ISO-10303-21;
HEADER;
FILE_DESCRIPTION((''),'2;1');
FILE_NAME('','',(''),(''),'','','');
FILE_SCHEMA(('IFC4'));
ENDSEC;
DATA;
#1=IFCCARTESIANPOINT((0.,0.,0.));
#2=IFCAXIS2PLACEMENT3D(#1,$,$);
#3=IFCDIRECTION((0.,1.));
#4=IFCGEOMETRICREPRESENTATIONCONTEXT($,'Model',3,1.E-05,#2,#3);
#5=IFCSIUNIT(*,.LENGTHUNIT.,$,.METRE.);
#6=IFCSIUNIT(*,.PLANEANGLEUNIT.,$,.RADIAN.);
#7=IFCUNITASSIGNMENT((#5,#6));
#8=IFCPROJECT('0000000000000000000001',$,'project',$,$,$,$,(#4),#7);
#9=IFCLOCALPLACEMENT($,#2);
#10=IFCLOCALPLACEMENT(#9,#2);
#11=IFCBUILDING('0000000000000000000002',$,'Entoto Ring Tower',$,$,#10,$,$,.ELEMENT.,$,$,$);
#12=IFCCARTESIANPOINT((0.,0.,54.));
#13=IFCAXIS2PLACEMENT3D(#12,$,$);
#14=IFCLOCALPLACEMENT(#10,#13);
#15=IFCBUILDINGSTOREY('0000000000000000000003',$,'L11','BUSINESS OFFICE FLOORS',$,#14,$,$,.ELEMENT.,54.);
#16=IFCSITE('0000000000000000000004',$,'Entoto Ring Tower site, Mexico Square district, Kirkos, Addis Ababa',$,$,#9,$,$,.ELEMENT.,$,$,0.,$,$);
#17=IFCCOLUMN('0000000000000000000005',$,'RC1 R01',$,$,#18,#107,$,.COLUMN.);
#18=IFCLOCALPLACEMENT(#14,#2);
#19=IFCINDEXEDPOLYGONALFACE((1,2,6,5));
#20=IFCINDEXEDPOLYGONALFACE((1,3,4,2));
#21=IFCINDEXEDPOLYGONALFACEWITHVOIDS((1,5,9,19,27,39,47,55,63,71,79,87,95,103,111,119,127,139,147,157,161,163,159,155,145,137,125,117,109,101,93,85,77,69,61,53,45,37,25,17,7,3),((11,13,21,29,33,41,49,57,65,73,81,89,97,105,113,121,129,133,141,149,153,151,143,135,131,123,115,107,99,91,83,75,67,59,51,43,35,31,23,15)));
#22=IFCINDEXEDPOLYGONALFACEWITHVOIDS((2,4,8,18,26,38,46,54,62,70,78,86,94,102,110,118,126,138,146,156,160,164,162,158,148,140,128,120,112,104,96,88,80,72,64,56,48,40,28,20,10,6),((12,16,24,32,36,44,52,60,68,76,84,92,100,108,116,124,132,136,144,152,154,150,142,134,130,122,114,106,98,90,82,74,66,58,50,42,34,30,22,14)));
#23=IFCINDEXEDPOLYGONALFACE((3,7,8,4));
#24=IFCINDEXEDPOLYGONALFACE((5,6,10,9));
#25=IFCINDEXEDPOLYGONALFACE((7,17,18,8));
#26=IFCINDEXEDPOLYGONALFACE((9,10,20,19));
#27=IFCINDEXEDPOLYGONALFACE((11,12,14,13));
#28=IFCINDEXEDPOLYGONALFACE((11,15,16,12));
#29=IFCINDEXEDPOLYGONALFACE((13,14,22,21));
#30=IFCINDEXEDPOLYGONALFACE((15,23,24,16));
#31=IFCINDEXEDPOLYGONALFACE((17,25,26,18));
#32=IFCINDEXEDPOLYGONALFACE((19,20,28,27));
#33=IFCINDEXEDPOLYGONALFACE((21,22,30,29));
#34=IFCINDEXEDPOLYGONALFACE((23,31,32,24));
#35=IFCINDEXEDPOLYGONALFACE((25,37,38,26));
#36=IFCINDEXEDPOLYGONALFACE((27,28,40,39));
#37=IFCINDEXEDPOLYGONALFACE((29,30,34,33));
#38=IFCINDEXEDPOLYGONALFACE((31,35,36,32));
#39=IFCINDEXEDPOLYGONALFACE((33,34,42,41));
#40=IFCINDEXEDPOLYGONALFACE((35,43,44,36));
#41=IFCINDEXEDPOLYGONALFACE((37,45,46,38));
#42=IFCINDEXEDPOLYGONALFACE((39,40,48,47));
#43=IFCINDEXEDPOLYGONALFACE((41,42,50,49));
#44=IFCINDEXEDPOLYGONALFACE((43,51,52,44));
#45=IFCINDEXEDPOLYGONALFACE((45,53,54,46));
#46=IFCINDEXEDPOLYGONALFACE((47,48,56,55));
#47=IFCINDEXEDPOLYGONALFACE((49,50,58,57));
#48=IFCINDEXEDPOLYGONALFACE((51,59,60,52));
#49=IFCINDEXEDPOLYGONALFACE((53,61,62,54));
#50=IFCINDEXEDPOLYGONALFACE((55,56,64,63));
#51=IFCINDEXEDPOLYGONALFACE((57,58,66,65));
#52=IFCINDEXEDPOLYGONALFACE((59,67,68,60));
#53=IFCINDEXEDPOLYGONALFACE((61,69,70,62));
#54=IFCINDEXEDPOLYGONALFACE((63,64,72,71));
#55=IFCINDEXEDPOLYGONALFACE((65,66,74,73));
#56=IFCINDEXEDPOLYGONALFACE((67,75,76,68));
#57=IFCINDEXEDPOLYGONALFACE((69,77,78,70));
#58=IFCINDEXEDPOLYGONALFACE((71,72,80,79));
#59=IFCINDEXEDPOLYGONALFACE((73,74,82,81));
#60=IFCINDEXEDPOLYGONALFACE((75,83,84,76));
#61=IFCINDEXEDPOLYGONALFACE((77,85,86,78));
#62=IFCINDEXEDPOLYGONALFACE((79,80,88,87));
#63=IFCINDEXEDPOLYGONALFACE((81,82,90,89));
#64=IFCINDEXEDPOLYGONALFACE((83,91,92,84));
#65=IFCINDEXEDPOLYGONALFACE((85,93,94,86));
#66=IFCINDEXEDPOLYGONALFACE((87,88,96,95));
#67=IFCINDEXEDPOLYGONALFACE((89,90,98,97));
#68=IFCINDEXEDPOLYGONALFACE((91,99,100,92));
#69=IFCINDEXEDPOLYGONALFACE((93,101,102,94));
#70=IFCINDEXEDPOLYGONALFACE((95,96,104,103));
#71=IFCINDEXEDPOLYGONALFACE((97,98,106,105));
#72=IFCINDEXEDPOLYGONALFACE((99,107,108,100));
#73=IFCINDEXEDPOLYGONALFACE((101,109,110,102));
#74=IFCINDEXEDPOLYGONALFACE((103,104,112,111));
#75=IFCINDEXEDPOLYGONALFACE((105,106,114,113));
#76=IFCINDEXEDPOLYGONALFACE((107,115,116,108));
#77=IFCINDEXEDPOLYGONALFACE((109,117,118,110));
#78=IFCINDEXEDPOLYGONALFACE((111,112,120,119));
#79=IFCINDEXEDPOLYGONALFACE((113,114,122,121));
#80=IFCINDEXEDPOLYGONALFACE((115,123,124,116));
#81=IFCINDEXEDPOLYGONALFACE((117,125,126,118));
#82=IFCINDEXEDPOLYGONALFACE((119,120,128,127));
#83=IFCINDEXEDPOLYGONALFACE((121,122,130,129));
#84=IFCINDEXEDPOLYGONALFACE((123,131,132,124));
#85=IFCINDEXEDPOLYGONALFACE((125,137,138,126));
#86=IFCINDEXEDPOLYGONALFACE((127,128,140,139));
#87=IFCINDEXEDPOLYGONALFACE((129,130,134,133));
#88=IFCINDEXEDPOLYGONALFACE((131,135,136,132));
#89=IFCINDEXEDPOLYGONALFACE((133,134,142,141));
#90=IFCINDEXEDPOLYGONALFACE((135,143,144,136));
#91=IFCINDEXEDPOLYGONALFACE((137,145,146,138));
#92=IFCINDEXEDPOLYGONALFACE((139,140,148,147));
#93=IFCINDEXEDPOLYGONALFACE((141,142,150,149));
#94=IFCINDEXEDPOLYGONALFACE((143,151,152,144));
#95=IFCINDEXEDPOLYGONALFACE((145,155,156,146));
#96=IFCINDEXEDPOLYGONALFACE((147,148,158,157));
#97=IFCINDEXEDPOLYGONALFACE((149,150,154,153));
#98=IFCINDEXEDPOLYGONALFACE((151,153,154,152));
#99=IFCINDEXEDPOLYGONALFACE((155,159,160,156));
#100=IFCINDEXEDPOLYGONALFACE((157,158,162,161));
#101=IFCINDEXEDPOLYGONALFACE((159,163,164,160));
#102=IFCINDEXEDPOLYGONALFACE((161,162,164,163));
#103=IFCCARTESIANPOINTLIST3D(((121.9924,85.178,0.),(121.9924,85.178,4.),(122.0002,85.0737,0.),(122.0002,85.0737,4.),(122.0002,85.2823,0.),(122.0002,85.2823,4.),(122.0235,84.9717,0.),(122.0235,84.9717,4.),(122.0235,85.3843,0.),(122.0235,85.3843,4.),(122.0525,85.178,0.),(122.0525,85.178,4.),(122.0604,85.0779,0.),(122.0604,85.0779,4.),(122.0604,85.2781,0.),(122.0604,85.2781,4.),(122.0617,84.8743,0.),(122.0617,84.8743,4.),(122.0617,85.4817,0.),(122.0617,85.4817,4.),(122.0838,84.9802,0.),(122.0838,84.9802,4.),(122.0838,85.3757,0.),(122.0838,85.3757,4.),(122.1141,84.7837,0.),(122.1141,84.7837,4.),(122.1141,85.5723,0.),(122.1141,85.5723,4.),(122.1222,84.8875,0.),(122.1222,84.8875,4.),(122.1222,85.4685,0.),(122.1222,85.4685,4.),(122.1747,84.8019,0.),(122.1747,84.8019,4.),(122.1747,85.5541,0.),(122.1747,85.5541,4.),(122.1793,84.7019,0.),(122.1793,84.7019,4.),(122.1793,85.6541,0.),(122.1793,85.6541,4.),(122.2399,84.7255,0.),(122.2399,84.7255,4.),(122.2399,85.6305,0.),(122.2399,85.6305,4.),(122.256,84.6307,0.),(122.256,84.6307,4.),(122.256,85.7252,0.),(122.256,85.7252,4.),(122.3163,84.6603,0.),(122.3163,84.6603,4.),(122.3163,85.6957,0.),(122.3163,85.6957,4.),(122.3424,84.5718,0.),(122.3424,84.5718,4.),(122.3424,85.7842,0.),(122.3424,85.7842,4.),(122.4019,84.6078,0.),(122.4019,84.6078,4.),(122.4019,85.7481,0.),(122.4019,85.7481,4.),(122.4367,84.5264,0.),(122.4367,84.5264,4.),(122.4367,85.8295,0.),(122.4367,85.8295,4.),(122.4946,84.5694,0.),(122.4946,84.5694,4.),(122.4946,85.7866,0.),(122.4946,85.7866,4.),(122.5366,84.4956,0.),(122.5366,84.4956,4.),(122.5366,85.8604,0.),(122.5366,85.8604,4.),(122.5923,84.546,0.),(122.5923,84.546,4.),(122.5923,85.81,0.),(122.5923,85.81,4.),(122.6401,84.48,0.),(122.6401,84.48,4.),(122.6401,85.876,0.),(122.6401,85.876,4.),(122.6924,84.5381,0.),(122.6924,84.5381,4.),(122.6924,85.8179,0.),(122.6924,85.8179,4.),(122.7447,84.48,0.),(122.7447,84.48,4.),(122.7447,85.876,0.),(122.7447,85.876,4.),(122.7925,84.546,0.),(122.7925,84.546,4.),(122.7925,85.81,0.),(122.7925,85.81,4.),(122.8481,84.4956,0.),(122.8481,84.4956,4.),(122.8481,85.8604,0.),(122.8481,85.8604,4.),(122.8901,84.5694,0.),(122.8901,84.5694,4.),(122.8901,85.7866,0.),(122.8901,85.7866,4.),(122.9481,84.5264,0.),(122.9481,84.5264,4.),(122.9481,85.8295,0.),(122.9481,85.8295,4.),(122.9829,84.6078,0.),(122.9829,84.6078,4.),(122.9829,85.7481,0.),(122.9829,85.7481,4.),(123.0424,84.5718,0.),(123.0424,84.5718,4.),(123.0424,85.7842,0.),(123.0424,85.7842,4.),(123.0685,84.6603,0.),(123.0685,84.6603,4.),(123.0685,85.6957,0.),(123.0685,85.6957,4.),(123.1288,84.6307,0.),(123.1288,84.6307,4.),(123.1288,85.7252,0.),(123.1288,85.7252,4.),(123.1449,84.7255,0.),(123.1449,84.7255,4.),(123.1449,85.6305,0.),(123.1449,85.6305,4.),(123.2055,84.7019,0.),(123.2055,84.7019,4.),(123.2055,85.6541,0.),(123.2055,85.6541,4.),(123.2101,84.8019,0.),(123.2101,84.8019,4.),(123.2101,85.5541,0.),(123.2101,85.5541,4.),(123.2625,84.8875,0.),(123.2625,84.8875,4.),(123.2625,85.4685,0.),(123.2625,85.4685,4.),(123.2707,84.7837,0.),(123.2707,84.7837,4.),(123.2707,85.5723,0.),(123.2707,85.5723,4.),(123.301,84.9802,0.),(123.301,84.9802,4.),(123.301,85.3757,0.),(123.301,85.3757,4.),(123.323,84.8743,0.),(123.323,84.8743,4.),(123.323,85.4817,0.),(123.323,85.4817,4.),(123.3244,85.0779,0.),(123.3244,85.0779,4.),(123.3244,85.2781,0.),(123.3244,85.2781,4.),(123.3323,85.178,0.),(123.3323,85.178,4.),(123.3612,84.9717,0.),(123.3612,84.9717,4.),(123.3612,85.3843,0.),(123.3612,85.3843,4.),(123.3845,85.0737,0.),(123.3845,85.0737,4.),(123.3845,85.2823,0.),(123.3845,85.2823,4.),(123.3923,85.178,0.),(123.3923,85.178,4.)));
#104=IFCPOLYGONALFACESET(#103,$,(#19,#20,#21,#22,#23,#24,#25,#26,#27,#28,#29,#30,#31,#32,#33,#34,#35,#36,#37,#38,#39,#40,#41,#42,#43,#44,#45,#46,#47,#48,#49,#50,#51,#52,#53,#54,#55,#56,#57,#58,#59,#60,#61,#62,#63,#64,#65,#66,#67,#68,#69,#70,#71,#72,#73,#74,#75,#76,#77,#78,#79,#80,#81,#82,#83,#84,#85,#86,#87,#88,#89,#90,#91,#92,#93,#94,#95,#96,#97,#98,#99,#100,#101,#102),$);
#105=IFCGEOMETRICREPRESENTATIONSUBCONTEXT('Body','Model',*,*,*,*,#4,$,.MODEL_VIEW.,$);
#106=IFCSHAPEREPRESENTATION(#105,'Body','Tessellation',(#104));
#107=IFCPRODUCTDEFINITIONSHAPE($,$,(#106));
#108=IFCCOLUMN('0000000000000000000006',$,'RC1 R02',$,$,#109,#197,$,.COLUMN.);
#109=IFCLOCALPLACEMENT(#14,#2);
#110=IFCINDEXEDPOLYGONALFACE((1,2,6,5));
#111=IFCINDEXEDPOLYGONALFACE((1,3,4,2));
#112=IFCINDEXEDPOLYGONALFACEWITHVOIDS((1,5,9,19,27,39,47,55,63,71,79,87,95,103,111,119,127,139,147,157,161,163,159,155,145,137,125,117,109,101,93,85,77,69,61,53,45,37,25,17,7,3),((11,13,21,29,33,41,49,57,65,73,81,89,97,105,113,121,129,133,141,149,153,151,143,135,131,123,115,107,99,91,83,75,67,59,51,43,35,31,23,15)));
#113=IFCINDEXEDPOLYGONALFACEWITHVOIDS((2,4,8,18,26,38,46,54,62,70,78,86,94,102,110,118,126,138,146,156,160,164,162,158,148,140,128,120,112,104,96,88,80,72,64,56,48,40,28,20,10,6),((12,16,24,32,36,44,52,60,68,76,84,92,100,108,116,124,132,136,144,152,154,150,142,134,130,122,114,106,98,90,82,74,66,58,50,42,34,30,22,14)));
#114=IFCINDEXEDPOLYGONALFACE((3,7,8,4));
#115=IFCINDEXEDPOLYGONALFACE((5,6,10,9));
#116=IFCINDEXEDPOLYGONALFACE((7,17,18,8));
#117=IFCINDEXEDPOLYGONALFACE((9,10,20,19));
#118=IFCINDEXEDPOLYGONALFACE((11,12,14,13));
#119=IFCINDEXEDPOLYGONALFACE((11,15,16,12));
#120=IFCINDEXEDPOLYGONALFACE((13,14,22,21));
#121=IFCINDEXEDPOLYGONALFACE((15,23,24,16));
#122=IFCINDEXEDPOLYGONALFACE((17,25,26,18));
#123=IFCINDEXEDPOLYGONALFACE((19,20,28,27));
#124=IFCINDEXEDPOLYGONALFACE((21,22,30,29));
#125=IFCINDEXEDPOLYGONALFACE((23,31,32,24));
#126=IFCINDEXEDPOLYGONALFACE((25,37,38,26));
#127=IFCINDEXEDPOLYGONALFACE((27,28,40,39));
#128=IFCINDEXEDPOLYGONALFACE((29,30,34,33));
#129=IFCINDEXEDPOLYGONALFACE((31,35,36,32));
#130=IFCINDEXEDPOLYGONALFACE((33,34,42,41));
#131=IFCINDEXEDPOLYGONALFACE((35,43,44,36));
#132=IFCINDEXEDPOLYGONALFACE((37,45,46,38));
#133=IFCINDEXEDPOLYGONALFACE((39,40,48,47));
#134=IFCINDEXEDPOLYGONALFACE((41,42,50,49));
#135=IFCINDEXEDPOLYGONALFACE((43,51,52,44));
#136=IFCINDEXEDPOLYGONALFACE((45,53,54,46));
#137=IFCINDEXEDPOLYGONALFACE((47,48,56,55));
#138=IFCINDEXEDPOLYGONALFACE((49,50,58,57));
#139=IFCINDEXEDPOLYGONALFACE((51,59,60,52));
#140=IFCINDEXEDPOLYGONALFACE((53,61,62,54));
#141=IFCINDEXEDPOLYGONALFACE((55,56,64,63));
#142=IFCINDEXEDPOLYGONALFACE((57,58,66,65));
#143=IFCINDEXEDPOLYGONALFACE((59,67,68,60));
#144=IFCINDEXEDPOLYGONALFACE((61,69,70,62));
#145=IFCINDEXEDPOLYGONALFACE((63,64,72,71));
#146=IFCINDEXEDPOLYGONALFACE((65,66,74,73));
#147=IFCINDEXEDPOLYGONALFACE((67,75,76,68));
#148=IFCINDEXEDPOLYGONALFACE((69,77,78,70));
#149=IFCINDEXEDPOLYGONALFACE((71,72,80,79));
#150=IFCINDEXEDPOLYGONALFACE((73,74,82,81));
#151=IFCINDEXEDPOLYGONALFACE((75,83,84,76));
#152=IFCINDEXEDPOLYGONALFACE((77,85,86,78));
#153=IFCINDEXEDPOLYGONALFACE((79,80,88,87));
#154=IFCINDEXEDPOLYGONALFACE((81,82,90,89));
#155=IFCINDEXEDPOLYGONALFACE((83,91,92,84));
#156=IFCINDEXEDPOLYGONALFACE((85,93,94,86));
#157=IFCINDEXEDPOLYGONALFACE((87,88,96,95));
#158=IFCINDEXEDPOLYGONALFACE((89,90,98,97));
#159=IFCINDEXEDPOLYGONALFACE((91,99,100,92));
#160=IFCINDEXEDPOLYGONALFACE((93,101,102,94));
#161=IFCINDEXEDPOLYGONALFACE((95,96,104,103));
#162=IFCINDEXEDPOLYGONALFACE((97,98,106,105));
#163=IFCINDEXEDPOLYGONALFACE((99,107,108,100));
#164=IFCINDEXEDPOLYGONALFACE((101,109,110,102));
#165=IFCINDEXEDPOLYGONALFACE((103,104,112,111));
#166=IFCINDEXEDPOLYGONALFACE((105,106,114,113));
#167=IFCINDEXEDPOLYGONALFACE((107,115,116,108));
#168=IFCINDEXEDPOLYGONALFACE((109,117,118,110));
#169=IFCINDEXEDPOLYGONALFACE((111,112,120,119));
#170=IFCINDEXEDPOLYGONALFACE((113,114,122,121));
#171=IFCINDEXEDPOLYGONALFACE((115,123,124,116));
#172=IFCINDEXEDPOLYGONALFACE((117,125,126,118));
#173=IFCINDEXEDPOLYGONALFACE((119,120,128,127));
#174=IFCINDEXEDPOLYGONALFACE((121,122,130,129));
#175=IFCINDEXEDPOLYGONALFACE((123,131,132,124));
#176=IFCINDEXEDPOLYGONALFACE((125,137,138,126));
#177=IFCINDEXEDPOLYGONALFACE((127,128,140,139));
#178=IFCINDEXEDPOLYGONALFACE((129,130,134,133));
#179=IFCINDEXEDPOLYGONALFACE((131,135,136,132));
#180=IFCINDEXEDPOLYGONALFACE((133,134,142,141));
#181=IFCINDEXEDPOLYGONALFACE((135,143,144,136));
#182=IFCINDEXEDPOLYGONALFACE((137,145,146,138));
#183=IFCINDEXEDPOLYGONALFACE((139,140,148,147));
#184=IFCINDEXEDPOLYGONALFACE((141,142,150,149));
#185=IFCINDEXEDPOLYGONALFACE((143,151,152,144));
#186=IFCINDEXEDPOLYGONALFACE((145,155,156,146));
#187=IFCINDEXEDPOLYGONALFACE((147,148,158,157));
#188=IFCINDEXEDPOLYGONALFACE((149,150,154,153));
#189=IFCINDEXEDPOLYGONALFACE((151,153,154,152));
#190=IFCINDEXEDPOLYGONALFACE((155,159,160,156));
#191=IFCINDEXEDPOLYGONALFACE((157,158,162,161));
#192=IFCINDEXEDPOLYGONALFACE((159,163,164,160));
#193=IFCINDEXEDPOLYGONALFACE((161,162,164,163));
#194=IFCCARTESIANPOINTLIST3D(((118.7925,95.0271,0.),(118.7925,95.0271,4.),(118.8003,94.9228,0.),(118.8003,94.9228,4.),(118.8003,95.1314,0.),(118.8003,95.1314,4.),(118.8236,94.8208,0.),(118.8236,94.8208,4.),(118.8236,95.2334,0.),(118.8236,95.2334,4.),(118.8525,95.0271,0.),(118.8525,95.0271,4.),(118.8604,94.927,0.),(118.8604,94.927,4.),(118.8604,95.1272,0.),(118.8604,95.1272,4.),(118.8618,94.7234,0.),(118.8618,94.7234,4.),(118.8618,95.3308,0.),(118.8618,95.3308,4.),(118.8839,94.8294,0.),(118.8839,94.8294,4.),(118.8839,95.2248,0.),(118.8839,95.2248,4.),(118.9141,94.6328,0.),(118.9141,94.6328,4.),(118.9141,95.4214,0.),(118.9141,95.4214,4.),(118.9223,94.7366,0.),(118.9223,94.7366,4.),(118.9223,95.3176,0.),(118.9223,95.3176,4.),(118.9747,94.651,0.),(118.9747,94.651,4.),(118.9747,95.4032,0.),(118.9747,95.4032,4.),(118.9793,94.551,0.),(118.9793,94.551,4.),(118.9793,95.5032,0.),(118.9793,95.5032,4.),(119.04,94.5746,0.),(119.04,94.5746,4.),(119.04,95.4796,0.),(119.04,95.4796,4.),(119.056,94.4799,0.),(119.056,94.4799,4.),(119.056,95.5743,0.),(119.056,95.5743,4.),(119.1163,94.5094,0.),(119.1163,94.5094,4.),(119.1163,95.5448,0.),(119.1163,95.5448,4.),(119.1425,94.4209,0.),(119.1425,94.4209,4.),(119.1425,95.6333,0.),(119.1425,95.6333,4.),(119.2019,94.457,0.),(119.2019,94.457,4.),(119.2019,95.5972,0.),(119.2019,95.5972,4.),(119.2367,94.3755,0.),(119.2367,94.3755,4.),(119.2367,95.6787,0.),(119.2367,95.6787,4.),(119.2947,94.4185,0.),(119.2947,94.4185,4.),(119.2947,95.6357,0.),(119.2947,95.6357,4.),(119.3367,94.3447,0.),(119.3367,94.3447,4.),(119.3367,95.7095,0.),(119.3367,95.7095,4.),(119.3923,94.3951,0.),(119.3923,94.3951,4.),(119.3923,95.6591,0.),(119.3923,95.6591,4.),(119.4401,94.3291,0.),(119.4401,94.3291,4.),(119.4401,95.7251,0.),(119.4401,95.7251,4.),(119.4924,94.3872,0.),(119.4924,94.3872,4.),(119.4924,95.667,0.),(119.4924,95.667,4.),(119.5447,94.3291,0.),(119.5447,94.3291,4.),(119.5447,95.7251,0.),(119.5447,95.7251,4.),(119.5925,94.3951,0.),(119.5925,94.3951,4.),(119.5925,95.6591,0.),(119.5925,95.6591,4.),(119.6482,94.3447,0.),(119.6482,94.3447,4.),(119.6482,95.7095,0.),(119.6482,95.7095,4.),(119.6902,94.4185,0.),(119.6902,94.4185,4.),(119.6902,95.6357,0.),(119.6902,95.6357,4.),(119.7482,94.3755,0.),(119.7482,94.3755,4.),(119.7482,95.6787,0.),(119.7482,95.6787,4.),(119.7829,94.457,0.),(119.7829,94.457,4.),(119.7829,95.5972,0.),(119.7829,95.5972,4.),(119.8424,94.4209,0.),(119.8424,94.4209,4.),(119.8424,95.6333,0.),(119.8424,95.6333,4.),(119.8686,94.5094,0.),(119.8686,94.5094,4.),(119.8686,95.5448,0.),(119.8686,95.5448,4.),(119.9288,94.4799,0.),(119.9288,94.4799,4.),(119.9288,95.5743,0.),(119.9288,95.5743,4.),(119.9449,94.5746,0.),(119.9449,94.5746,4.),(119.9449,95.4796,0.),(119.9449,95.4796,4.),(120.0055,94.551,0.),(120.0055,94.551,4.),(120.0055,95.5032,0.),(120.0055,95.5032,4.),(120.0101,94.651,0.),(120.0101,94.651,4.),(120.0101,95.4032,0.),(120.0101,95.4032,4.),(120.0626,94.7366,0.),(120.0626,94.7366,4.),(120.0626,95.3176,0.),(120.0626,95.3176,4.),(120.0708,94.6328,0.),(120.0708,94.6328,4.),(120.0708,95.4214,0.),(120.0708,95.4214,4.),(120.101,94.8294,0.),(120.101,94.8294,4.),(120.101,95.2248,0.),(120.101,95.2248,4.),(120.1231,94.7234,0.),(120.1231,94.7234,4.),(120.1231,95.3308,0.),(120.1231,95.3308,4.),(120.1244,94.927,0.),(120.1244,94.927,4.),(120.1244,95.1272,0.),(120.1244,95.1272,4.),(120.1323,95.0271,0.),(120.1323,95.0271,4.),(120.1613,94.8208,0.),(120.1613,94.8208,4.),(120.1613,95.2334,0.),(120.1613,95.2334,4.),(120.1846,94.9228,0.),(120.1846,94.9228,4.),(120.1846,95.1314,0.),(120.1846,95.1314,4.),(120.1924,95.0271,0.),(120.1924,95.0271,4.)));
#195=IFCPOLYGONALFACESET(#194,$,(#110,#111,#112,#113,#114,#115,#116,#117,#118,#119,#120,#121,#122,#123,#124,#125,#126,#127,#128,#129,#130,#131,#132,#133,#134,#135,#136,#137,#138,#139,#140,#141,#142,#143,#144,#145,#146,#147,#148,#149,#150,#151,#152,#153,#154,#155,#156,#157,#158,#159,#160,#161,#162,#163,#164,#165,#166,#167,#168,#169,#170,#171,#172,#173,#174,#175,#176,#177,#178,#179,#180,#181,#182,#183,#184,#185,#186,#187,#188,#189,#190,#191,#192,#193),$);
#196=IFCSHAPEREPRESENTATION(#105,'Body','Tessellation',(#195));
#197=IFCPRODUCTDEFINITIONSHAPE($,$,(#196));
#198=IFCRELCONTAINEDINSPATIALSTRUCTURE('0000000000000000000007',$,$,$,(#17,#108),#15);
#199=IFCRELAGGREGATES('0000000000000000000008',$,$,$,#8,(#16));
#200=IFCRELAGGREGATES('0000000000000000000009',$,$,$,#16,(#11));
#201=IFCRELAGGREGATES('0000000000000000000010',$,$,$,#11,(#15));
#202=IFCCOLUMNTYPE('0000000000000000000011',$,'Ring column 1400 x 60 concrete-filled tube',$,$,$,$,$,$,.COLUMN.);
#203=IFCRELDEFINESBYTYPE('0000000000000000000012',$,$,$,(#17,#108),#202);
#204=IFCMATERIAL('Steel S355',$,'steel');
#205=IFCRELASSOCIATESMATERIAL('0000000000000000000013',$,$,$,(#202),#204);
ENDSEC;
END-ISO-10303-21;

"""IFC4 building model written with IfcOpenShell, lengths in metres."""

from ifc_helpers import new_model, si_unit, direction, frame, origin, origin_2d, place, context, subcontext, project, spatial, circle, hollow_circle, extrude, material, material_profile, profile_set, type_object, element, save


model = new_model("IFC4")

# Units and contexts
model_context = context("Model", 3, precision=1e-05, world=origin(), true_north=direction((0.0, 1.0)))
body_context = subcontext(model_context, "Body", "Model", "MODEL_VIEW")
ifc_project = project(units=[si_unit("LENGTHUNIT", "METRE"), si_unit("PLANEANGLEUNIT", "RADIAN")], contexts=[model_context])

# Site, building, storey
site_placement = place(None, origin())
site = spatial("IfcSite", under=ifc_project, at=site_placement, Name="Entoto Ring Tower site, Mexico Square district, Kirkos, Addis Ababa", CompositionType="ELEMENT", RefElevation=0.0)
building_placement = place(site_placement, origin())
building = spatial("IfcBuilding", under=site, at=building_placement, Name="Entoto Ring Tower", CompositionType="ELEMENT")
storey_placement = place(building_placement, frame((0.0, 0.0, 54.0)))
storey = spatial("IfcBuildingStorey", under=building, at=storey_placement, Name="L11", Description="BUSINESS OFFICE FLOORS", CompositionType="ELEMENT", Elevation=54.0)

# Columns
ifc_material_1 = material(Name="Steel S355", Category="steel")
ifc_material_profile_1 = material_profile(ifc_material_1, hollow_circle(Radius=0.7, WallThickness=0.0601, at=origin_2d()), Name="CHS 1400 x 60")
ifc_material_2 = material(Name="Concrete C60/75", Category="concrete")
ifc_material_profile_2 = material_profile(ifc_material_2, circle(Radius=0.6399, at=origin_2d()), Name="Concrete C60/75 infill")
ifc_profile_set_1 = profile_set([ifc_material_profile_1, ifc_material_profile_2], Name="Steel S355")
column_type = type_object("IfcColumnType", Name="Ring column 1400 x 60 concrete-filled tube", PredefinedType="COLUMN", material=ifc_profile_set_1)
for number, where, z_axis, x_axis, name in (
    (1, (122.6924, 85.178, 0.0), (0.0, 0.0, 1.0), (1.0, 0.0, 0.0), "RC1 R01"),
    (2, (119.4924, 95.0271, 0.0), (0.0, 0.0, 1.0), (1.0, 0.0, 0.0), "RC1 R02"),
):
    element("IfcColumn", number, at=place(storey_placement, frame(where, z_axis=z_axis, x_axis=x_axis)), inside=storey, type_object=column_type, Name=name, PredefinedType="COLUMN", context=body_context, shape_type="SweptSolid", body=[
        extrude(hollow_circle(Radius=0.7, WallThickness=0.0601, at=origin_2d()), origin(), (0.0, 0.0, 1.0), 4.0),
    ])

save(model, "model.ifc")
